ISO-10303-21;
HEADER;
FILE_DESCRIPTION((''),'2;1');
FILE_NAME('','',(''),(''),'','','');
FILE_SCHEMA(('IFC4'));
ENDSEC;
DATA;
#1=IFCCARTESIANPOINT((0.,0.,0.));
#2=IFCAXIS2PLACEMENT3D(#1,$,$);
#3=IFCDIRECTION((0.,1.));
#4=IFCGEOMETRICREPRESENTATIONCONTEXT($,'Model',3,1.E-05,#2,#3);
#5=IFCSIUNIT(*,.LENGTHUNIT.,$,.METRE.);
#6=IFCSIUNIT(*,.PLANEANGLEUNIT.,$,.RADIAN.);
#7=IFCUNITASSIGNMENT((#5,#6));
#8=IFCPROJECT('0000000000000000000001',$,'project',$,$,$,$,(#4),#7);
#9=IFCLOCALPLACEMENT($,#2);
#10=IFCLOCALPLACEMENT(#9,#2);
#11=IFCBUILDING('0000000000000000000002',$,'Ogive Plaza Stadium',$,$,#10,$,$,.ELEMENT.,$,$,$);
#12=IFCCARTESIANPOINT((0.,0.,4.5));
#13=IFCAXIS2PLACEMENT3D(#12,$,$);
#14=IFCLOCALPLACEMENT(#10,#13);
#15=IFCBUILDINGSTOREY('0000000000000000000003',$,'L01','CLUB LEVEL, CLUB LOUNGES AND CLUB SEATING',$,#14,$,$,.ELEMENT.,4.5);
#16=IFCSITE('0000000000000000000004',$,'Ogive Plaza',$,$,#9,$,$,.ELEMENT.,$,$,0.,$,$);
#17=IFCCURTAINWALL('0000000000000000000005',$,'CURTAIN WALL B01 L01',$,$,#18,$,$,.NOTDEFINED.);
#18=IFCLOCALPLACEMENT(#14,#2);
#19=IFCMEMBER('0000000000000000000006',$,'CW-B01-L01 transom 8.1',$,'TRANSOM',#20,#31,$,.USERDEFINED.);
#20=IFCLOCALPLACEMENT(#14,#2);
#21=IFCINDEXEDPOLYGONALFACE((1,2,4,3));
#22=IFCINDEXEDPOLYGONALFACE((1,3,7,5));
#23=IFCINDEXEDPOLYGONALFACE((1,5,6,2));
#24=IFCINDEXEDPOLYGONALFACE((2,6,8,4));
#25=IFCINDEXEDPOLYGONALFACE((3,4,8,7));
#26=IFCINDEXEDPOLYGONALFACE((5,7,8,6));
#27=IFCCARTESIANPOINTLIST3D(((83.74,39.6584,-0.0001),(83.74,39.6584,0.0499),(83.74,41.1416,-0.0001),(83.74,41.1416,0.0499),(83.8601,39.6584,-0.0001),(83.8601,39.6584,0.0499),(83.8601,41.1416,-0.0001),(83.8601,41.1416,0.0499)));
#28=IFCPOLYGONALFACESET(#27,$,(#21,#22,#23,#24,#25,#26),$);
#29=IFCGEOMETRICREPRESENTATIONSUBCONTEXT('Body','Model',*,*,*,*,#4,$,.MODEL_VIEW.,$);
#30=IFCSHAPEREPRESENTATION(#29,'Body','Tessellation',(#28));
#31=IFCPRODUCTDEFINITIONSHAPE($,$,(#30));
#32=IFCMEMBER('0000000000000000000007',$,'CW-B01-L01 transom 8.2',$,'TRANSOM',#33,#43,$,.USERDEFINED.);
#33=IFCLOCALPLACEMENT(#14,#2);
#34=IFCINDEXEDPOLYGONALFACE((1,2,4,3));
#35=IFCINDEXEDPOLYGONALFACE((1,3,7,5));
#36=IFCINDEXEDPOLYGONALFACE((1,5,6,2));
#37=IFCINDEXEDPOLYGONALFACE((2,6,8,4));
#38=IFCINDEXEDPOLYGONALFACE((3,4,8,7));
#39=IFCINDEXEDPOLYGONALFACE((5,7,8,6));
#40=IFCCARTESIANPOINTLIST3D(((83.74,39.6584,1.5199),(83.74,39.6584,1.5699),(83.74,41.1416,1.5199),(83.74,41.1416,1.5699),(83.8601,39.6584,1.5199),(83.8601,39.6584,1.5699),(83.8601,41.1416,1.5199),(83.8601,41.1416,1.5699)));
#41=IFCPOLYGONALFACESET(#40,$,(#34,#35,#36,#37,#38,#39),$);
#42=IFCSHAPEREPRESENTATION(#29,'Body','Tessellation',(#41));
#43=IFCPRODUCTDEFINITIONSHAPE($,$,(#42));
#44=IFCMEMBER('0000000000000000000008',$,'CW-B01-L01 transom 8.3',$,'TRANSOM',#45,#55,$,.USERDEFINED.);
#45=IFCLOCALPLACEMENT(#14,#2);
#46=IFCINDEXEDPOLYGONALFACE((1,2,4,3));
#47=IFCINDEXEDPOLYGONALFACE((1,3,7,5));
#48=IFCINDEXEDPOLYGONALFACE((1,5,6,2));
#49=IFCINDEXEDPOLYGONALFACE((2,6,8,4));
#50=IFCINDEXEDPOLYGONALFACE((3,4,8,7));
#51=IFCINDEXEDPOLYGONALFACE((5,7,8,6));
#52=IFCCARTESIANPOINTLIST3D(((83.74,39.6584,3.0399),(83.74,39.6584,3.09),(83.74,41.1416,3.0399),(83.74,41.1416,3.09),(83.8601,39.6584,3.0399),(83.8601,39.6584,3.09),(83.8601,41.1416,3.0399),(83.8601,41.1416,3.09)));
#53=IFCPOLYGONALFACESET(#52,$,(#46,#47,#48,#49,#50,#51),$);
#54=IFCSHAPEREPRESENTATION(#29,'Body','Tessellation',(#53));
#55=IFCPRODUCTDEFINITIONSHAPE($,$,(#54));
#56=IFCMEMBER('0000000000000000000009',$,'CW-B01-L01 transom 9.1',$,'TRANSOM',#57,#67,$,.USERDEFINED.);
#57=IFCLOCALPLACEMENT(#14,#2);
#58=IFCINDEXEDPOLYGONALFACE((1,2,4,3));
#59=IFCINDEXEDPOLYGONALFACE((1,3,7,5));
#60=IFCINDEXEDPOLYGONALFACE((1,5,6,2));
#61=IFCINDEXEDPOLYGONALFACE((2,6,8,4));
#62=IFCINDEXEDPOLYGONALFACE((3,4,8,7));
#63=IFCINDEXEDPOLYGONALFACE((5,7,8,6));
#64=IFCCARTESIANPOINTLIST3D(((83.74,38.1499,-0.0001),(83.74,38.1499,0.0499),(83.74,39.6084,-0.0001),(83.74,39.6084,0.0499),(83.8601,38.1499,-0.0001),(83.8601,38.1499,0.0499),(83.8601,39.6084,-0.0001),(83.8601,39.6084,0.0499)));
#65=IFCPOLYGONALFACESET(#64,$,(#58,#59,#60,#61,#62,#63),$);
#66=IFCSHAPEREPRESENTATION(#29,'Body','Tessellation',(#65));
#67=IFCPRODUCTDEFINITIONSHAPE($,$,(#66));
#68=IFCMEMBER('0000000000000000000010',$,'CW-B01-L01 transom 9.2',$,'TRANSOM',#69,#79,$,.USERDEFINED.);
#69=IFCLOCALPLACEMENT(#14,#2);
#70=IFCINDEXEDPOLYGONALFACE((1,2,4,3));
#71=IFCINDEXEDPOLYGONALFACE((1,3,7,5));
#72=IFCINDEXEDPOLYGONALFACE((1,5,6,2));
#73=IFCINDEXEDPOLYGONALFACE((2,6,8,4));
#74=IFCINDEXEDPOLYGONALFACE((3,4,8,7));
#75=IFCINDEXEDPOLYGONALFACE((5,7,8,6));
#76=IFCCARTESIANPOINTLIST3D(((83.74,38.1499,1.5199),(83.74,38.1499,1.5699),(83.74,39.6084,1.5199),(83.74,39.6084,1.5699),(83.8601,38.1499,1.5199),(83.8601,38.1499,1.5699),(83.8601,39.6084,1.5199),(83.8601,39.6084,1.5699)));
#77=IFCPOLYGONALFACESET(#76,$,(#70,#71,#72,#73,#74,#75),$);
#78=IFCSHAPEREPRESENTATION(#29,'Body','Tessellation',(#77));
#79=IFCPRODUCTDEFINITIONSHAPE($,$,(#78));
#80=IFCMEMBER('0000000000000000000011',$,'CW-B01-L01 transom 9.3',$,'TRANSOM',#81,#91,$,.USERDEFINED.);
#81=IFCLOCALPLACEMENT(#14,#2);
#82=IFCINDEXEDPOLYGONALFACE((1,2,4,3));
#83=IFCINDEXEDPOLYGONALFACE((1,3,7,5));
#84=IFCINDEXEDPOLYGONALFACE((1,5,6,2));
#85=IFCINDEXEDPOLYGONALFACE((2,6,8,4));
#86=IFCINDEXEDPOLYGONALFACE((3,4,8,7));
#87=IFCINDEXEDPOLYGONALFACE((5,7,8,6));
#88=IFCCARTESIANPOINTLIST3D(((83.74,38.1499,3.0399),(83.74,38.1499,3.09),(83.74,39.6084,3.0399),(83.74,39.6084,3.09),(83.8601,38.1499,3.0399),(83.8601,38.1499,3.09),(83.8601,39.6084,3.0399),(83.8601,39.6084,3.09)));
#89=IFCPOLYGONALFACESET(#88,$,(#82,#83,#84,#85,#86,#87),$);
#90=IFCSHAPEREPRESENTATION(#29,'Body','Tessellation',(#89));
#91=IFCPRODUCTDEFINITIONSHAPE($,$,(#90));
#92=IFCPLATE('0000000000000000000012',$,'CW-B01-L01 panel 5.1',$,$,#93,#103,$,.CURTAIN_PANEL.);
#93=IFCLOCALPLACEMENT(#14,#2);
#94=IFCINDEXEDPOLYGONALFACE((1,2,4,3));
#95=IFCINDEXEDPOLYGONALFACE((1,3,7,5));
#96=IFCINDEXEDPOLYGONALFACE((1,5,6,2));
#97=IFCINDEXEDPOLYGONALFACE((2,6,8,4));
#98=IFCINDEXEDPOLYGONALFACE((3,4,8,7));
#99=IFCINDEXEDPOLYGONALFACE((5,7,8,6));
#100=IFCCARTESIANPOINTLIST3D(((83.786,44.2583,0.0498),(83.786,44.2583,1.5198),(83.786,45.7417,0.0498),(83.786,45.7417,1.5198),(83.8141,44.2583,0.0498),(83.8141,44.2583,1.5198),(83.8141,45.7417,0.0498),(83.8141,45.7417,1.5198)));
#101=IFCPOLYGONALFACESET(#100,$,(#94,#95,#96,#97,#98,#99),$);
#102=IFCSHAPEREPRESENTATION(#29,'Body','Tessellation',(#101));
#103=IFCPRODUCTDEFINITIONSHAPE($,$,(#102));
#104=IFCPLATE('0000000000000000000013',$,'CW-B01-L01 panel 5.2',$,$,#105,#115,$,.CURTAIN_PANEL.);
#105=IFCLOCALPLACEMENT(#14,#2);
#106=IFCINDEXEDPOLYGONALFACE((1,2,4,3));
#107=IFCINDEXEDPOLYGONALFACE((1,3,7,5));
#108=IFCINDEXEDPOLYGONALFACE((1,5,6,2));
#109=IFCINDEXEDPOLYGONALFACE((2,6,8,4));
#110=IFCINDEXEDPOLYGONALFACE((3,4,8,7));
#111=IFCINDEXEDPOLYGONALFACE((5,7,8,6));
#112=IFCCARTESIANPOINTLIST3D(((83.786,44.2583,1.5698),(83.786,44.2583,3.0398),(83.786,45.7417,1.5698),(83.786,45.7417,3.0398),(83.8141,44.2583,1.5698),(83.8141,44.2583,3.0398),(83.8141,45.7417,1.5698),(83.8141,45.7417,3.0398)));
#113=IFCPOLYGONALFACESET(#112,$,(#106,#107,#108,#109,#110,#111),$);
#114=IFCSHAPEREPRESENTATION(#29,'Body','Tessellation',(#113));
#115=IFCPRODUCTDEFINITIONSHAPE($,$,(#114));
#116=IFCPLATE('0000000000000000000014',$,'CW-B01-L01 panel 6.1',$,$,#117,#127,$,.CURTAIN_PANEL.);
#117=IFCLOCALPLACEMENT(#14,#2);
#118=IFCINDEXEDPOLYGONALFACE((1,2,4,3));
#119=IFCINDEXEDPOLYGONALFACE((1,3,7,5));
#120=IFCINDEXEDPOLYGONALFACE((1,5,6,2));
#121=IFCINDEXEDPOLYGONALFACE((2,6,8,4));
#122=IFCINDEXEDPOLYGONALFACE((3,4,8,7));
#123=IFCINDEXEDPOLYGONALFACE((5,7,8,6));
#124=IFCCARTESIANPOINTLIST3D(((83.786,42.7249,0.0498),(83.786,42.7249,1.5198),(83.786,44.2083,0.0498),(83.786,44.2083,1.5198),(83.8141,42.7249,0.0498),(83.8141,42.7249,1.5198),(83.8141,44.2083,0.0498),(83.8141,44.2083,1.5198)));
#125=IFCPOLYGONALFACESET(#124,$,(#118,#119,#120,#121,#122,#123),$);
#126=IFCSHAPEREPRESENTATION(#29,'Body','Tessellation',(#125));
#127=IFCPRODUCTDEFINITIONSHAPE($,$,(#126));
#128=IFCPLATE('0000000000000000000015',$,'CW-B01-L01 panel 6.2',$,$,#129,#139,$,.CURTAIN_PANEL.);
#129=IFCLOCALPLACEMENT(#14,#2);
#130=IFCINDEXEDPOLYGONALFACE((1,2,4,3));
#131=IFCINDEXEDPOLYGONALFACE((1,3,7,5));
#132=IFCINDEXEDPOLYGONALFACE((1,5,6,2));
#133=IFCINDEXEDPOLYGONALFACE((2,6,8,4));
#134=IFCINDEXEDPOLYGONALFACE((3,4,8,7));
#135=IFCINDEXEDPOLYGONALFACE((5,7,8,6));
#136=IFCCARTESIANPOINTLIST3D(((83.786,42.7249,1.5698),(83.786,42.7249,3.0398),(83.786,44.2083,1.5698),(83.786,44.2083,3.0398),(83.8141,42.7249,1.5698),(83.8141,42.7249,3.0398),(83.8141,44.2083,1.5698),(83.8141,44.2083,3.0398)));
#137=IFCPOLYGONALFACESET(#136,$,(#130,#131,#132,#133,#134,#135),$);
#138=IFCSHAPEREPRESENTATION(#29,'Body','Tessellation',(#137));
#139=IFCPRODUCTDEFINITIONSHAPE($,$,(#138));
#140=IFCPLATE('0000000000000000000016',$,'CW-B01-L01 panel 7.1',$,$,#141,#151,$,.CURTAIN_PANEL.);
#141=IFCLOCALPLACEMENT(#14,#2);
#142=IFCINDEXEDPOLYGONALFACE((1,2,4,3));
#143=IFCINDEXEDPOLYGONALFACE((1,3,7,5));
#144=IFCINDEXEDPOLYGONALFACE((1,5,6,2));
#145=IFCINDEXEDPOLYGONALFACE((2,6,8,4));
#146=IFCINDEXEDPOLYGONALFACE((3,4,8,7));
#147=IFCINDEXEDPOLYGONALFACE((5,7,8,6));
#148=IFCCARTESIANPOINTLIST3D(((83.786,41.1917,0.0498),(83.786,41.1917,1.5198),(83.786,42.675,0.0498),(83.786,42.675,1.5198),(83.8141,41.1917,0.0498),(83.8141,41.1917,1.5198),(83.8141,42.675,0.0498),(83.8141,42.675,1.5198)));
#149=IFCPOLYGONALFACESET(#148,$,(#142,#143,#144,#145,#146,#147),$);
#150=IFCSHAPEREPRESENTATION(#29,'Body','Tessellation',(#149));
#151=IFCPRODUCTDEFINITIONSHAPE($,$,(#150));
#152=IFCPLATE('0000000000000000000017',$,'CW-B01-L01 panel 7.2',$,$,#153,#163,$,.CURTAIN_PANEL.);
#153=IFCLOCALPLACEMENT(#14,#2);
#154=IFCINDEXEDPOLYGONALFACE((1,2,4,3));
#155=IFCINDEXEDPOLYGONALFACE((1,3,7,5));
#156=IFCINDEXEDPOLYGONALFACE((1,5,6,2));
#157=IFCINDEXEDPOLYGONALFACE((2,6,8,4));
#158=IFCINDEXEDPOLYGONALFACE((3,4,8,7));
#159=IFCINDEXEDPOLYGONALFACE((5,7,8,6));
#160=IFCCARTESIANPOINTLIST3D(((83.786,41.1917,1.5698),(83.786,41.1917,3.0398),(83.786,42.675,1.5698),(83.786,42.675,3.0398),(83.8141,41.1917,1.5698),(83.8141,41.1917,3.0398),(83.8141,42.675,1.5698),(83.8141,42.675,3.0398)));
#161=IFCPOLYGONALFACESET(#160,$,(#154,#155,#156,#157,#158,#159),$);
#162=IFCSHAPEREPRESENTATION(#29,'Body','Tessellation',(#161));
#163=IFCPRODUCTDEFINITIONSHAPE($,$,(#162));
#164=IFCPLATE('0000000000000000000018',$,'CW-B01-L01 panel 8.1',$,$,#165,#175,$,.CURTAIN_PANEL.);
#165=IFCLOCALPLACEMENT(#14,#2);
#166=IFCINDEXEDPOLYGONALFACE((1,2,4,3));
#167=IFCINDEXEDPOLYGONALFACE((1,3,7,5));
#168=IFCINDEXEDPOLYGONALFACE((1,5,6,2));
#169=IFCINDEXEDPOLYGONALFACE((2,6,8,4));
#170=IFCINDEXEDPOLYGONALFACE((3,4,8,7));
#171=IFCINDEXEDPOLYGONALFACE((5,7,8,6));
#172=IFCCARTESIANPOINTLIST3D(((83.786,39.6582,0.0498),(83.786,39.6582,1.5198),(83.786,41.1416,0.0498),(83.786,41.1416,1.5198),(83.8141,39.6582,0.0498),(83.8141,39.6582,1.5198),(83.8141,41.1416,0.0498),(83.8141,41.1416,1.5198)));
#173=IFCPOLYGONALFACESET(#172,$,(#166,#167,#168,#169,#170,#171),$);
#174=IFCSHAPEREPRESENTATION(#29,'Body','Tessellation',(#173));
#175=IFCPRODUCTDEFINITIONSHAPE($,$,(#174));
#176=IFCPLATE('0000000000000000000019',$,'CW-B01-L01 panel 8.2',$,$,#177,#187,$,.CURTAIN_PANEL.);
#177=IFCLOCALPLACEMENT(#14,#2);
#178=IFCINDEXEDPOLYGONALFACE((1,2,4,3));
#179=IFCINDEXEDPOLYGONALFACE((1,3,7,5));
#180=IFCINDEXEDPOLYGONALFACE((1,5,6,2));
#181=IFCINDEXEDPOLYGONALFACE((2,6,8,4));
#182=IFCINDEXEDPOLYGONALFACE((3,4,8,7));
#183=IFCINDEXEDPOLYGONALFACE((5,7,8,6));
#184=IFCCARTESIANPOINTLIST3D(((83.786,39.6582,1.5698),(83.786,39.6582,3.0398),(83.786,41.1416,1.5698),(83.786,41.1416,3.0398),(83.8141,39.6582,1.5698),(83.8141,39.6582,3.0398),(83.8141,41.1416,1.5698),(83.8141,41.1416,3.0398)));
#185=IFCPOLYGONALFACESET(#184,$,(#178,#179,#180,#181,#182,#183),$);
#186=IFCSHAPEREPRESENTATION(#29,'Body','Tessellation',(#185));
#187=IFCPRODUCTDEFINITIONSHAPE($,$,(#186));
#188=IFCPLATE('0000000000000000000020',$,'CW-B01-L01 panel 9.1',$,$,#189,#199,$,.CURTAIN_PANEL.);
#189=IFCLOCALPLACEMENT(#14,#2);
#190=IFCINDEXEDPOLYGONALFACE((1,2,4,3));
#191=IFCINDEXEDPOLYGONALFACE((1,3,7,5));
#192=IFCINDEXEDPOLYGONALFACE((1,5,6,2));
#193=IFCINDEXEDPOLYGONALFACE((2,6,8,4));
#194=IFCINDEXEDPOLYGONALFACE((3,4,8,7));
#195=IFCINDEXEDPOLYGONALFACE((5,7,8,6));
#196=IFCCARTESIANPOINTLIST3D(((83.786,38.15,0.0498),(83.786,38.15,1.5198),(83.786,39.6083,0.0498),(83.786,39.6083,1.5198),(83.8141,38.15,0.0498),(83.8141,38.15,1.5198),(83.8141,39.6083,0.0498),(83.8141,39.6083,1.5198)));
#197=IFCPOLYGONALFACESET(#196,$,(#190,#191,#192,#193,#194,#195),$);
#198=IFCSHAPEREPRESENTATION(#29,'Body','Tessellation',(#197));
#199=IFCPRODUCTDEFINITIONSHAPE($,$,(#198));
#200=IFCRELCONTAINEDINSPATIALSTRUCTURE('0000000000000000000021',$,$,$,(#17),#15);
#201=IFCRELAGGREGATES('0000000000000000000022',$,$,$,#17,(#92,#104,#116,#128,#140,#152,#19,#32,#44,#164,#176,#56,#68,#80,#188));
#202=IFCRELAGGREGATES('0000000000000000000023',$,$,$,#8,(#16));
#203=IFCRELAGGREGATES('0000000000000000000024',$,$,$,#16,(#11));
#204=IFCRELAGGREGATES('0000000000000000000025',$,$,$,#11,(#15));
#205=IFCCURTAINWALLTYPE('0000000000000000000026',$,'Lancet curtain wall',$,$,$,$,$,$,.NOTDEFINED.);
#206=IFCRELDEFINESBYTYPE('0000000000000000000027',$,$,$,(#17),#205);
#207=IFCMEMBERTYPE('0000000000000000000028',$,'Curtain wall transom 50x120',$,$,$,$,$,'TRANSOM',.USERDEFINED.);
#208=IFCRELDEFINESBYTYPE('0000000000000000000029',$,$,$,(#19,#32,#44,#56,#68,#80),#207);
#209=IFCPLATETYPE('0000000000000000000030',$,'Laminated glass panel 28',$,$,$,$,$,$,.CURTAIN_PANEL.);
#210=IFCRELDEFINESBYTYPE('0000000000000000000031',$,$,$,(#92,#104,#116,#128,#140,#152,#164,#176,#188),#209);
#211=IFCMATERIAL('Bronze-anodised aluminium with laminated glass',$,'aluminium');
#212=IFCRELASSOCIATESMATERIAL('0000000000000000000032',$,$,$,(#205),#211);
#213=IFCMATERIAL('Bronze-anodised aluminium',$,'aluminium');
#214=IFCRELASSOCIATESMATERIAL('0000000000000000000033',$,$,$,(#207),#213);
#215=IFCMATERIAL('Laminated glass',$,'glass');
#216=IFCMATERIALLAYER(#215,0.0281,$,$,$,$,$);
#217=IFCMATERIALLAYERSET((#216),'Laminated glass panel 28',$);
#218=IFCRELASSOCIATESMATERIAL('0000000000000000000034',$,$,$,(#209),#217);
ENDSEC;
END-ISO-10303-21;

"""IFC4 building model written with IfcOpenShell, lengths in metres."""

from ifc_helpers import new_model, si_unit, direction, frame, origin, origin_2d, place, context, subcontext, project, spatial, rectangle, extrude, material, layer, layer_set, material_profile, profile_set, type_object, element, aggregate, save


model = new_model("IFC4")

# Units and contexts
model_context = context("Model", 3, precision=1e-05, world=origin(), true_north=direction((0.0, 1.0)))
body_context = subcontext(model_context, "Body", "Model", "MODEL_VIEW")
ifc_project = project(units=[si_unit("LENGTHUNIT", "METRE"), si_unit("PLANEANGLEUNIT", "RADIAN")], contexts=[model_context])

# Site, building, storey
site_placement = place(None, origin())
site = spatial("IfcSite", under=ifc_project, at=site_placement, Name="Ogive Plaza", CompositionType="ELEMENT", RefElevation=0.0)
building_placement = place(site_placement, origin())
building = spatial("IfcBuilding", under=site, at=building_placement, Name="Ogive Plaza Stadium", CompositionType="ELEMENT")
storey_placement = place(building_placement, frame((0.0, 0.0, 4.5)))
storey = spatial("IfcBuildingStorey", under=building, at=storey_placement, Name="L01", Description="CLUB LEVEL, CLUB LOUNGES AND CLUB SEATING", CompositionType="ELEMENT", Elevation=4.5)

# Curtain wall, members, plates
ifc_material_1 = material(Name="Bronze-anodised aluminium with laminated glass", Category="aluminium")
curtain_wall_type = type_object("IfcCurtainWallType", Name="Lancet curtain wall", PredefinedType="NOTDEFINED", material=ifc_material_1)
curtain_wall_placement = place(storey_placement, origin())
curtain_wall = element("IfcCurtainWall", 1, at=curtain_wall_placement, inside=storey, type_object=curtain_wall_type, Name="CURTAIN WALL B01 L01", PredefinedType="NOTDEFINED")
ifc_material_2 = material(Name="Bronze-anodised aluminium", Category="aluminium")
ifc_material_profile_1 = material_profile(ifc_material_2, rectangle(XDim=0.1201, YDim=0.05, at=origin_2d()), Name="AL 120x50")
ifc_profile_set_1 = profile_set([ifc_material_profile_1], Name="Bronze-anodised aluminium")
member_type_1 = type_object("IfcMemberType", Name="Curtain wall transom 50x120", ElementType="TRANSOM", PredefinedType="USERDEFINED", material=ifc_profile_set_1)
member_1_placement = place(storey_placement, frame((83.8, 41.1416, 0.0249), z_axis=(0.0, -1.0, 0.0), x_axis=(1.0, 0.0, 0.0)))
member_1 = element("IfcMember", 2, at=member_1_placement, type_object=member_type_1, Name="CW-B01-L01 transom 8.1", ObjectType="TRANSOM", PredefinedType="USERDEFINED", context=body_context, shape_type="SweptSolid", body=[
    extrude(rectangle(XDim=0.1201, YDim=0.05, at=origin_2d()), origin(), (0.0, 0.0, 1.0), 1.4832),
])
member_2_placement = place(storey_placement, frame((83.8, 41.1416, 1.5449), z_axis=(0.0, -1.0, 0.0), x_axis=(1.0, 0.0, 0.0)))
member_2 = element("IfcMember", 3, at=member_2_placement, type_object=member_type_1, Name="CW-B01-L01 transom 8.2", ObjectType="TRANSOM", PredefinedType="USERDEFINED", context=body_context, shape_type="SweptSolid", body=[
    extrude(rectangle(XDim=0.1201, YDim=0.05, at=origin_2d()), origin(), (0.0, 0.0, 1.0), 1.4832),
])
member_3_placement = place(storey_placement, frame((83.8, 41.1416, 3.0649), z_axis=(0.0, -1.0, 0.0), x_axis=(1.0, 0.0, 0.0)))
member_3 = element("IfcMember", 4, at=member_3_placement, type_object=member_type_1, Name="CW-B01-L01 transom 8.3", ObjectType="TRANSOM", PredefinedType="USERDEFINED", context=body_context, shape_type="SweptSolid", body=[
    extrude(rectangle(XDim=0.1201, YDim=0.05, at=origin_2d()), origin(), (0.0, 0.0, 1.0), 1.4832),
])
member_4_placement = place(storey_placement, frame((83.8, 39.6084, 0.0249), z_axis=(0.0, -1.0, 0.0), x_axis=(1.0, 0.0, 0.0)))
member_4 = element("IfcMember", 5, at=member_4_placement, type_object=member_type_1, Name="CW-B01-L01 transom 9.1", ObjectType="TRANSOM", PredefinedType="USERDEFINED", context=body_context, shape_type="SweptSolid", body=[
    extrude(rectangle(XDim=0.1201, YDim=0.05, at=origin_2d()), origin(), (0.0, 0.0, 1.0), 1.4585),
])
member_5_placement = place(storey_placement, frame((83.8, 39.6084, 1.5449), z_axis=(0.0, -1.0, 0.0), x_axis=(1.0, 0.0, 0.0)))
member_5 = element("IfcMember", 6, at=member_5_placement, type_object=member_type_1, Name="CW-B01-L01 transom 9.2", ObjectType="TRANSOM", PredefinedType="USERDEFINED", context=body_context, shape_type="SweptSolid", body=[
    extrude(rectangle(XDim=0.1201, YDim=0.05, at=origin_2d()), origin(), (0.0, 0.0, 1.0), 1.4585),
])
member_6_placement = place(storey_placement, frame((83.8, 39.6084, 3.0649), z_axis=(0.0, -1.0, 0.0), x_axis=(1.0, 0.0, 0.0)))
member_6 = element("IfcMember", 7, at=member_6_placement, type_object=member_type_1, Name="CW-B01-L01 transom 9.3", ObjectType="TRANSOM", PredefinedType="USERDEFINED", context=body_context, shape_type="SweptSolid", body=[
    extrude(rectangle(XDim=0.1201, YDim=0.05, at=origin_2d()), origin(), (0.0, 0.0, 1.0), 1.4585),
])
ifc_material_3 = material(Name="Laminated glass", Category="glass")
ifc_layer_1 = layer(ifc_material_3, 0.0281)
ifc_layer_set_1 = layer_set([ifc_layer_1], Name="Laminated glass panel 28")
plate_type = type_object("IfcPlateType", Name="Laminated glass panel 28", PredefinedType="CURTAIN_PANEL", material=ifc_layer_set_1)
plate_1_placement = place(storey_placement, frame((83.8, 45.0, 0.0498), z_axis=(0.0, 0.0, 1.0), x_axis=(0.0, -1.0, 0.0)))
plate_1 = element("IfcPlate", 8, at=plate_1_placement, type_object=plate_type, Name="CW-B01-L01 panel 5.1", PredefinedType="CURTAIN_PANEL", context=body_context, shape_type="SweptSolid", body=[
    extrude(rectangle(XDim=1.4834, YDim=0.0281, at=origin_2d()), origin(), (0.0, 0.0, 1.0), 1.47),
])
plate_2_placement = place(storey_placement, frame((83.8, 45.0, 1.5698), z_axis=(0.0, 0.0, 1.0), x_axis=(0.0, -1.0, 0.0)))
plate_2 = element("IfcPlate", 9, at=plate_2_placement, type_object=plate_type, Name="CW-B01-L01 panel 5.2", PredefinedType="CURTAIN_PANEL", context=body_context, shape_type="SweptSolid", body=[
    extrude(rectangle(XDim=1.4834, YDim=0.0281, at=origin_2d()), origin(), (0.0, 0.0, 1.0), 1.47),
])
plate_3_placement = place(storey_placement, frame((83.8, 43.4666, 0.0498), z_axis=(0.0, 0.0, 1.0), x_axis=(0.0, -1.0, 0.0)))
plate_3 = element("IfcPlate", 10, at=plate_3_placement, type_object=plate_type, Name="CW-B01-L01 panel 6.1", PredefinedType="CURTAIN_PANEL", context=body_context, shape_type="SweptSolid", body=[
    extrude(rectangle(XDim=1.4834, YDim=0.0281, at=origin_2d()), origin(), (0.0, 0.0, 1.0), 1.47),
])
plate_4_placement = place(storey_placement, frame((83.8, 43.4666, 1.5698), z_axis=(0.0, 0.0, 1.0), x_axis=(0.0, -1.0, 0.0)))
plate_4 = element("IfcPlate", 11, at=plate_4_placement, type_object=plate_type, Name="CW-B01-L01 panel 6.2", PredefinedType="CURTAIN_PANEL", context=body_context, shape_type="SweptSolid", body=[
    extrude(rectangle(XDim=1.4834, YDim=0.0281, at=origin_2d()), origin(), (0.0, 0.0, 1.0), 1.47),
])
plate_5_placement = place(storey_placement, frame((83.8, 41.9333, 0.0498), z_axis=(0.0, 0.0, 1.0), x_axis=(0.0, -1.0, 0.0)))
plate_5 = element("IfcPlate", 12, at=plate_5_placement, type_object=plate_type, Name="CW-B01-L01 panel 7.1", PredefinedType="CURTAIN_PANEL", context=body_context, shape_type="SweptSolid", body=[
    extrude(rectangle(XDim=1.4834, YDim=0.0281, at=origin_2d()), origin(), (0.0, 0.0, 1.0), 1.47),
])
plate_6_placement = place(storey_placement, frame((83.8, 41.9333, 1.5698), z_axis=(0.0, 0.0, 1.0), x_axis=(0.0, -1.0, 0.0)))
plate_6 = element("IfcPlate", 13, at=plate_6_placement, type_object=plate_type, Name="CW-B01-L01 panel 7.2", PredefinedType="CURTAIN_PANEL", context=body_context, shape_type="SweptSolid", body=[
    extrude(rectangle(XDim=1.4834, YDim=0.0281, at=origin_2d()), origin(), (0.0, 0.0, 1.0), 1.47),
])
plate_7_placement = place(storey_placement, frame((83.8, 40.3999, 0.0498), z_axis=(0.0, 0.0, 1.0), x_axis=(0.0, -1.0, 0.0)))
plate_7 = element("IfcPlate", 14, at=plate_7_placement, type_object=plate_type, Name="CW-B01-L01 panel 8.1", PredefinedType="CURTAIN_PANEL", context=body_context, shape_type="SweptSolid", body=[
    extrude(rectangle(XDim=1.4834, YDim=0.0281, at=origin_2d()), origin(), (0.0, 0.0, 1.0), 1.47),
])
plate_8_placement = place(storey_placement, frame((83.8, 40.3999, 1.5698), z_axis=(0.0, 0.0, 1.0), x_axis=(0.0, -1.0, 0.0)))
plate_8 = element("IfcPlate", 15, at=plate_8_placement, type_object=plate_type, Name="CW-B01-L01 panel 8.2", PredefinedType="CURTAIN_PANEL", context=body_context, shape_type="SweptSolid", body=[
    extrude(rectangle(XDim=1.4834, YDim=0.0281, at=origin_2d()), origin(), (0.0, 0.0, 1.0), 1.47),
])
plate_9_placement = place(storey_placement, frame((83.8, 38.8792, 0.0498), z_axis=(0.0, 0.0, 1.0), x_axis=(0.0, -1.0, 0.0)))
plate_9 = element("IfcPlate", 16, at=plate_9_placement, type_object=plate_type, Name="CW-B01-L01 panel 9.1", PredefinedType="CURTAIN_PANEL", context=body_context, shape_type="SweptSolid", body=[
    extrude(rectangle(XDim=1.4583, YDim=0.0281, at=origin_2d()), origin(), (0.0, 0.0, 1.0), 1.47),
])
aggregate(curtain_wall, [plate_1, plate_2, plate_3, plate_4, plate_5, plate_6, member_1, member_2, member_3, plate_7, plate_8, member_4, member_5, member_6, plate_9])

save(model, "model.ifc")
